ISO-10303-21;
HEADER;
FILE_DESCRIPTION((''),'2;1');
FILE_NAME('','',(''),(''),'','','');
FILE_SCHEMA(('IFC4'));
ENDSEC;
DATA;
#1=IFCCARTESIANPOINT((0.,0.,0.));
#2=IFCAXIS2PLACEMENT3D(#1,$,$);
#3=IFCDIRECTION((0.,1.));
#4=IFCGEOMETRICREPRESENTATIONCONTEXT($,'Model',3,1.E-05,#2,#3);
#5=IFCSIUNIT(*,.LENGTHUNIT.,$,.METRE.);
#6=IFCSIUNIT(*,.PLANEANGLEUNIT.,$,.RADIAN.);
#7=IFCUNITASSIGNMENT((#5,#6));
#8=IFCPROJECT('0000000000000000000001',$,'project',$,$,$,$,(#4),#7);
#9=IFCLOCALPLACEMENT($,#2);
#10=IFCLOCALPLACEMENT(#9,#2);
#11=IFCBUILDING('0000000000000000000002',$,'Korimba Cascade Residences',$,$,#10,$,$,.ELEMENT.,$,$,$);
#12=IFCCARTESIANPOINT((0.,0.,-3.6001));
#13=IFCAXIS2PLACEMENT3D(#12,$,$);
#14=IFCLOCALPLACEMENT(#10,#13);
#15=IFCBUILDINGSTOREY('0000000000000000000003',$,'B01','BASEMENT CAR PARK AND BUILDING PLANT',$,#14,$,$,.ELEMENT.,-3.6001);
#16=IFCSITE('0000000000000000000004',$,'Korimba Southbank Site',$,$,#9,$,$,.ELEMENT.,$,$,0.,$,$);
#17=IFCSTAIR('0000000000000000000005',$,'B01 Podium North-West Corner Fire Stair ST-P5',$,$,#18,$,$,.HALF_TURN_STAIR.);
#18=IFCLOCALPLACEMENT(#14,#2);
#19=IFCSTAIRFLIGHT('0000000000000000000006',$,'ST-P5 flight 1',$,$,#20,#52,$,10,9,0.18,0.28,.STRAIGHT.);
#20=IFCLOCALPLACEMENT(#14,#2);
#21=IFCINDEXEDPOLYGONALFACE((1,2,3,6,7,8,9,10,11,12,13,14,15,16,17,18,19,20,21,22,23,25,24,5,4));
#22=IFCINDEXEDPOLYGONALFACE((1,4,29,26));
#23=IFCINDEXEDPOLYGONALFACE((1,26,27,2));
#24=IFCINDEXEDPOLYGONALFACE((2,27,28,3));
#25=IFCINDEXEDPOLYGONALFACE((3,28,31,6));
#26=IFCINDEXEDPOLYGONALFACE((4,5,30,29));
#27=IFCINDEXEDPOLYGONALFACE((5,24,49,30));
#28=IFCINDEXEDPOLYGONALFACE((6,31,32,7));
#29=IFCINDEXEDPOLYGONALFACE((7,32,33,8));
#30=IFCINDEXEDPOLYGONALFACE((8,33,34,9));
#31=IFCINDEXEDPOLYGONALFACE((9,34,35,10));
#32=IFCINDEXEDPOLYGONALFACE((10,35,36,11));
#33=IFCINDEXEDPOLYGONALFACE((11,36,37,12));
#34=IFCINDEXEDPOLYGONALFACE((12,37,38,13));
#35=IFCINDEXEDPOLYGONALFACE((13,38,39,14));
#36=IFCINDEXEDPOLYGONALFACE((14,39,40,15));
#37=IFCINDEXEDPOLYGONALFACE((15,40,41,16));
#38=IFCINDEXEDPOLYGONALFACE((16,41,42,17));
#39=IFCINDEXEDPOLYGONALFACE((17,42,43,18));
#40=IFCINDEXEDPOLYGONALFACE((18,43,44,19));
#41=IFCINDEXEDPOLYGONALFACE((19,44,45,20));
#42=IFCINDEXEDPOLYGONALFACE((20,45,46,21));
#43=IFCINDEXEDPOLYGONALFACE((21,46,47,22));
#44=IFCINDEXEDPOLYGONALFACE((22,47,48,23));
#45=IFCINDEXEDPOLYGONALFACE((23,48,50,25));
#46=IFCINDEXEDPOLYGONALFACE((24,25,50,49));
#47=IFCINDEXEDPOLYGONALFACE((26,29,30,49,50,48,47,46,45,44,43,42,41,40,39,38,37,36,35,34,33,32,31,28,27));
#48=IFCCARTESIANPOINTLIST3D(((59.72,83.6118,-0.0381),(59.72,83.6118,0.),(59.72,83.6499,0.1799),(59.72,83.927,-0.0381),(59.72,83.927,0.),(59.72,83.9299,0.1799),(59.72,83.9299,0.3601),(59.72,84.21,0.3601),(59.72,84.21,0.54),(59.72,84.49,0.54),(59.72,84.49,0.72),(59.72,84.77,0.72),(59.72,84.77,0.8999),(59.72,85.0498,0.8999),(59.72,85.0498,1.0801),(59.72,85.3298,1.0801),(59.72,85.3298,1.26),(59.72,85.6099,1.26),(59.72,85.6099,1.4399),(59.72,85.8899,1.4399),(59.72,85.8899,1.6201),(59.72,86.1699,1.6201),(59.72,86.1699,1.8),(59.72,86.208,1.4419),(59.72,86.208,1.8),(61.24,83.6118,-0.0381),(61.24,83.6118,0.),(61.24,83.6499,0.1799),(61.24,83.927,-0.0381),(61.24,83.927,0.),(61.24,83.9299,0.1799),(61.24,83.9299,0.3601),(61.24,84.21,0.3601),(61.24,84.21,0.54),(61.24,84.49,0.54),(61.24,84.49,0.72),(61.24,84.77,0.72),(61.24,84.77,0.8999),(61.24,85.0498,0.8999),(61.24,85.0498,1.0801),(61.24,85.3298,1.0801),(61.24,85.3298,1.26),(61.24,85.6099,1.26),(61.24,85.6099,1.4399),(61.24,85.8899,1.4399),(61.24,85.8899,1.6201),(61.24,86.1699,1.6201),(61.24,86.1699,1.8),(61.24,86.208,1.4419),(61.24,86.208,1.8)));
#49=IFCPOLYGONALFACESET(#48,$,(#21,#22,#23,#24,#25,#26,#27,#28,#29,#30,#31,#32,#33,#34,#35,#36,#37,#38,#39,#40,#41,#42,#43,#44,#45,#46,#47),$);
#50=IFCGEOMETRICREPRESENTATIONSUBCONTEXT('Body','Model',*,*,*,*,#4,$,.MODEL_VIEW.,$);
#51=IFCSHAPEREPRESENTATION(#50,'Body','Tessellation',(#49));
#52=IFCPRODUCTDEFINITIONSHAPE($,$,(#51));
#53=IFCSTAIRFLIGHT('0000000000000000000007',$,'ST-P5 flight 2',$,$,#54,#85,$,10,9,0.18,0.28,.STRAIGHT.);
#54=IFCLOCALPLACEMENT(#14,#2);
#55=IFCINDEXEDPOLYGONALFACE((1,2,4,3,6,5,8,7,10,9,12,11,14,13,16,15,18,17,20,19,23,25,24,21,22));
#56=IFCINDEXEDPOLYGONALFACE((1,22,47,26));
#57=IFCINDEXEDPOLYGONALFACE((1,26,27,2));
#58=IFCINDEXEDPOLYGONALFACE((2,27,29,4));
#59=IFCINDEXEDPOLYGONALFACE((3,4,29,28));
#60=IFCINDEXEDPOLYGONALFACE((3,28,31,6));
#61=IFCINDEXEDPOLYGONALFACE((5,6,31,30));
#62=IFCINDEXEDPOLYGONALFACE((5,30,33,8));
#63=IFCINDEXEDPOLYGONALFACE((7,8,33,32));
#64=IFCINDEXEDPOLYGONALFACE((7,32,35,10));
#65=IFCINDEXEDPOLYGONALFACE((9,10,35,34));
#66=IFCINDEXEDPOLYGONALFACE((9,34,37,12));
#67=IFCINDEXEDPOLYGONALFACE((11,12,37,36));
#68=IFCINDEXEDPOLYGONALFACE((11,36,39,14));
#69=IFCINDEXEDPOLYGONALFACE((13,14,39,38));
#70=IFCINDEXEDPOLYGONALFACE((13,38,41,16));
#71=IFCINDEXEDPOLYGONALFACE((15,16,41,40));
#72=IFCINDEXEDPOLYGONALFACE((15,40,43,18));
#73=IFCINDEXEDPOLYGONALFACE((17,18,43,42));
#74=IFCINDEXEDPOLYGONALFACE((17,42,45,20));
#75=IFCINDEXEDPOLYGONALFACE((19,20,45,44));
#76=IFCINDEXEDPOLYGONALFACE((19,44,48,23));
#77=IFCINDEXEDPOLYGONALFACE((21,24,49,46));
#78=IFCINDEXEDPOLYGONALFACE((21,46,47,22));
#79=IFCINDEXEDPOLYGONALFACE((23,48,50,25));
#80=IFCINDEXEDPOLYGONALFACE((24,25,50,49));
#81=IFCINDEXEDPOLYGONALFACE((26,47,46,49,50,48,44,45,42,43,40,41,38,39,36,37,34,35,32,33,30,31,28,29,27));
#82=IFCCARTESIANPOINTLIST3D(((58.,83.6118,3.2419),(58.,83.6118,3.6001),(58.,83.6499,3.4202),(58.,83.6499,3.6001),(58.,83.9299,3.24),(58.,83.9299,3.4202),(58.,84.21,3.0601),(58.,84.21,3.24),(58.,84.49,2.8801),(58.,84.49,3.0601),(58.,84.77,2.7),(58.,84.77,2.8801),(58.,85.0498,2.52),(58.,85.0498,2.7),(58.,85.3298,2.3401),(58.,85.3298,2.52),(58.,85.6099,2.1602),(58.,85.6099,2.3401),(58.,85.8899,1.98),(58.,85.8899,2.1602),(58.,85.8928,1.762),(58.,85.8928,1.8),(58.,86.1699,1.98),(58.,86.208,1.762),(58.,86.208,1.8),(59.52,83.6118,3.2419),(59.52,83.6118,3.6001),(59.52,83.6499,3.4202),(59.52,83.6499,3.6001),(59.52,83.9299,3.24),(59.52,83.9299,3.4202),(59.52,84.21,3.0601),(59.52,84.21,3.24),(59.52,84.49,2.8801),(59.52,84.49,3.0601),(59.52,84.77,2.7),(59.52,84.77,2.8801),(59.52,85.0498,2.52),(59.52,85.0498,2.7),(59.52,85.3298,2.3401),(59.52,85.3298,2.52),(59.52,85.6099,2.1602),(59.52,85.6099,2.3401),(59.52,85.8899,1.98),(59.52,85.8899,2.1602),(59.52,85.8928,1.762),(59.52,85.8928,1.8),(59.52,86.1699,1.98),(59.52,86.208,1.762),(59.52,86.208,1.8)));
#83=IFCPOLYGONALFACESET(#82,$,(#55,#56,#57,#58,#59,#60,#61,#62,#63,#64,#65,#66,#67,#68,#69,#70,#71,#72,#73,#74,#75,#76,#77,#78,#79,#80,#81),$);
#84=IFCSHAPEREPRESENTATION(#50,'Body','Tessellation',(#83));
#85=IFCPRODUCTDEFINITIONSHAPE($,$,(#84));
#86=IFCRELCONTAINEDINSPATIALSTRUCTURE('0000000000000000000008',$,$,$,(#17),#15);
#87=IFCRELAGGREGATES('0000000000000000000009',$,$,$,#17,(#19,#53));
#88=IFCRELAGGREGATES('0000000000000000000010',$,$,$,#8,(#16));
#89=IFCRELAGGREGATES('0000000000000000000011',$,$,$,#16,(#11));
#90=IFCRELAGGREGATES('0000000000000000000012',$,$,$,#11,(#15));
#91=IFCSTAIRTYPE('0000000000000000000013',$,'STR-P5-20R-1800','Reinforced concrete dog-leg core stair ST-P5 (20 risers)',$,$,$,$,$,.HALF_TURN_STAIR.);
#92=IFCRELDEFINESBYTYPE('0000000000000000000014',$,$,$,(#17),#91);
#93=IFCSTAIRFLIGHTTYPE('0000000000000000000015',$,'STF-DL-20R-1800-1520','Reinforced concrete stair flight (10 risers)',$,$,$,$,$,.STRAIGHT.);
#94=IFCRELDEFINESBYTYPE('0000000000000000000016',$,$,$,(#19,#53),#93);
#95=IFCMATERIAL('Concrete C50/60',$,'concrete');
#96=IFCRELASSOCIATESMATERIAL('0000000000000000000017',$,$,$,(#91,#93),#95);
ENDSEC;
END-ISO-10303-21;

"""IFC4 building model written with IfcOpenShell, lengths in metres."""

from ifc_helpers import new_model, si_unit, direction, frame, origin, place, context, subcontext, project, spatial, polyline, outline, extrude, material, type_object, element, aggregate, save


model = new_model("IFC4")

# Units and contexts
model_context = context("Model", 3, precision=1e-05, world=origin(), true_north=direction((0.0, 1.0)))
body_context = subcontext(model_context, "Body", "Model", "MODEL_VIEW")
ifc_project = project(units=[si_unit("LENGTHUNIT", "METRE"), si_unit("PLANEANGLEUNIT", "RADIAN")], contexts=[model_context])

# Site, building, storey
site_placement = place(None, origin())
site = spatial("IfcSite", under=ifc_project, at=site_placement, Name="Korimba Southbank Site", CompositionType="ELEMENT", RefElevation=0.0)
building_placement = place(site_placement, origin())
building = spatial("IfcBuilding", under=site, at=building_placement, Name="Korimba Cascade Residences", CompositionType="ELEMENT")
storey_placement = place(building_placement, frame((0.0, 0.0, -3.6001)))
storey = spatial("IfcBuildingStorey", under=building, at=storey_placement, Name="B01", Description="BASEMENT CAR PARK AND BUILDING PLANT", CompositionType="ELEMENT", Elevation=-3.6001)

# Shared definitions
ifc_material_1 = material(Name="Concrete C50/60", Category="concrete")

# Stair, stair flights
stair_type = type_object("IfcStairType", Name="STR-P5-20R-1800", Description="Reinforced concrete dog-leg core stair ST-P5 (20 risers)", PredefinedType="HALF_TURN_STAIR", material=ifc_material_1)
stair_placement = place(storey_placement, origin())
stair = element("IfcStair", 1, at=stair_placement, inside=storey, type_object=stair_type, Name="B01 Podium North-West Corner Fire Stair ST-P5", PredefinedType="HALF_TURN_STAIR")
stair_flight_type = type_object("IfcStairFlightType", Name="STF-DL-20R-1800-1520", Description="Reinforced concrete stair flight (10 risers)", PredefinedType="STRAIGHT", material=ifc_material_1)
stair_flight_1_placement = place(storey_placement, frame((60.48, 83.6499, 0.0), z_axis=(0.0, 0.0, 1.0), x_axis=(0.0, 1.0, 0.0)))
stair_flight_1 = element("IfcStairFlight", 2, at=stair_flight_1_placement, type_object=stair_flight_type, Name="ST-P5 flight 1", NumberOfRisers=10, NumberOfTreads=9, PredefinedType="STRAIGHT", RiserHeight=0.18, TreadLength=0.28, context=body_context, shape_type="SweptSolid", body=[
    extrude(outline(polyline([(-0.0381, 0.0), (0.0, 0.1799), (0.28, 0.1799), (0.28, 0.3601), (0.5601, 0.3601), (0.5601, 0.54), (0.8401, 0.54), (0.8401, 0.72), (1.1201, 0.72), (1.1201, 0.8999), (1.3999, 0.8999), (1.3999, 1.0801), (1.6799, 1.0801), (1.6799, 1.26), (1.96, 1.26), (1.96, 1.4399), (2.24, 1.4399), (2.24, 1.6201), (2.52, 1.6201), (2.52, 1.8), (2.5581, 1.8), (2.5581, 1.4419), (0.2771, 0.0), (0.2771, -0.0381), (-0.0381, -0.0381), (-0.0381, 0.0)])), frame((0.0, 0.76, 0.0), z_axis=(0.0, -1.0, 0.0), x_axis=(1.0, 0.0, 0.0)), (0.0, 0.0, 1.0), 1.52),
])
stair_flight_2_placement = place(storey_placement, frame((58.76, 86.1699, 1.8), z_axis=(0.0, 0.0, 1.0), x_axis=(0.0, -1.0, 0.0)))
stair_flight_2 = element("IfcStairFlight", 3, at=stair_flight_2_placement, type_object=stair_flight_type, Name="ST-P5 flight 2", NumberOfRisers=10, NumberOfTreads=9, PredefinedType="STRAIGHT", RiserHeight=0.18, TreadLength=0.28, context=body_context, shape_type="SweptSolid", body=[
    extrude(outline(polyline([(-0.0381, 0.0), (0.0, 0.1799), (0.28, 0.1799), (0.28, 0.3601), (0.5601, 0.3601), (0.5601, 0.54), (0.8401, 0.54), (0.8401, 0.72), (1.1201, 0.72), (1.1201, 0.8999), (1.3999, 0.8999), (1.3999, 1.0801), (1.6799, 1.0801), (1.6799, 1.26), (1.96, 1.26), (1.96, 1.4399), (2.24, 1.4399), (2.24, 1.6201), (2.52, 1.6201), (2.52, 1.8), (2.5581, 1.8), (2.5581, 1.4419), (0.2771, 0.0), (0.2771, -0.0381), (-0.0381, -0.0381), (-0.0381, 0.0)])), frame((0.0, 0.76, 0.0), z_axis=(0.0, -1.0, 0.0), x_axis=(1.0, 0.0, 0.0)), (0.0, 0.0, 1.0), 1.52),
])
aggregate(stair, [stair_flight_1, stair_flight_2])

save(model, "model.ifc")
